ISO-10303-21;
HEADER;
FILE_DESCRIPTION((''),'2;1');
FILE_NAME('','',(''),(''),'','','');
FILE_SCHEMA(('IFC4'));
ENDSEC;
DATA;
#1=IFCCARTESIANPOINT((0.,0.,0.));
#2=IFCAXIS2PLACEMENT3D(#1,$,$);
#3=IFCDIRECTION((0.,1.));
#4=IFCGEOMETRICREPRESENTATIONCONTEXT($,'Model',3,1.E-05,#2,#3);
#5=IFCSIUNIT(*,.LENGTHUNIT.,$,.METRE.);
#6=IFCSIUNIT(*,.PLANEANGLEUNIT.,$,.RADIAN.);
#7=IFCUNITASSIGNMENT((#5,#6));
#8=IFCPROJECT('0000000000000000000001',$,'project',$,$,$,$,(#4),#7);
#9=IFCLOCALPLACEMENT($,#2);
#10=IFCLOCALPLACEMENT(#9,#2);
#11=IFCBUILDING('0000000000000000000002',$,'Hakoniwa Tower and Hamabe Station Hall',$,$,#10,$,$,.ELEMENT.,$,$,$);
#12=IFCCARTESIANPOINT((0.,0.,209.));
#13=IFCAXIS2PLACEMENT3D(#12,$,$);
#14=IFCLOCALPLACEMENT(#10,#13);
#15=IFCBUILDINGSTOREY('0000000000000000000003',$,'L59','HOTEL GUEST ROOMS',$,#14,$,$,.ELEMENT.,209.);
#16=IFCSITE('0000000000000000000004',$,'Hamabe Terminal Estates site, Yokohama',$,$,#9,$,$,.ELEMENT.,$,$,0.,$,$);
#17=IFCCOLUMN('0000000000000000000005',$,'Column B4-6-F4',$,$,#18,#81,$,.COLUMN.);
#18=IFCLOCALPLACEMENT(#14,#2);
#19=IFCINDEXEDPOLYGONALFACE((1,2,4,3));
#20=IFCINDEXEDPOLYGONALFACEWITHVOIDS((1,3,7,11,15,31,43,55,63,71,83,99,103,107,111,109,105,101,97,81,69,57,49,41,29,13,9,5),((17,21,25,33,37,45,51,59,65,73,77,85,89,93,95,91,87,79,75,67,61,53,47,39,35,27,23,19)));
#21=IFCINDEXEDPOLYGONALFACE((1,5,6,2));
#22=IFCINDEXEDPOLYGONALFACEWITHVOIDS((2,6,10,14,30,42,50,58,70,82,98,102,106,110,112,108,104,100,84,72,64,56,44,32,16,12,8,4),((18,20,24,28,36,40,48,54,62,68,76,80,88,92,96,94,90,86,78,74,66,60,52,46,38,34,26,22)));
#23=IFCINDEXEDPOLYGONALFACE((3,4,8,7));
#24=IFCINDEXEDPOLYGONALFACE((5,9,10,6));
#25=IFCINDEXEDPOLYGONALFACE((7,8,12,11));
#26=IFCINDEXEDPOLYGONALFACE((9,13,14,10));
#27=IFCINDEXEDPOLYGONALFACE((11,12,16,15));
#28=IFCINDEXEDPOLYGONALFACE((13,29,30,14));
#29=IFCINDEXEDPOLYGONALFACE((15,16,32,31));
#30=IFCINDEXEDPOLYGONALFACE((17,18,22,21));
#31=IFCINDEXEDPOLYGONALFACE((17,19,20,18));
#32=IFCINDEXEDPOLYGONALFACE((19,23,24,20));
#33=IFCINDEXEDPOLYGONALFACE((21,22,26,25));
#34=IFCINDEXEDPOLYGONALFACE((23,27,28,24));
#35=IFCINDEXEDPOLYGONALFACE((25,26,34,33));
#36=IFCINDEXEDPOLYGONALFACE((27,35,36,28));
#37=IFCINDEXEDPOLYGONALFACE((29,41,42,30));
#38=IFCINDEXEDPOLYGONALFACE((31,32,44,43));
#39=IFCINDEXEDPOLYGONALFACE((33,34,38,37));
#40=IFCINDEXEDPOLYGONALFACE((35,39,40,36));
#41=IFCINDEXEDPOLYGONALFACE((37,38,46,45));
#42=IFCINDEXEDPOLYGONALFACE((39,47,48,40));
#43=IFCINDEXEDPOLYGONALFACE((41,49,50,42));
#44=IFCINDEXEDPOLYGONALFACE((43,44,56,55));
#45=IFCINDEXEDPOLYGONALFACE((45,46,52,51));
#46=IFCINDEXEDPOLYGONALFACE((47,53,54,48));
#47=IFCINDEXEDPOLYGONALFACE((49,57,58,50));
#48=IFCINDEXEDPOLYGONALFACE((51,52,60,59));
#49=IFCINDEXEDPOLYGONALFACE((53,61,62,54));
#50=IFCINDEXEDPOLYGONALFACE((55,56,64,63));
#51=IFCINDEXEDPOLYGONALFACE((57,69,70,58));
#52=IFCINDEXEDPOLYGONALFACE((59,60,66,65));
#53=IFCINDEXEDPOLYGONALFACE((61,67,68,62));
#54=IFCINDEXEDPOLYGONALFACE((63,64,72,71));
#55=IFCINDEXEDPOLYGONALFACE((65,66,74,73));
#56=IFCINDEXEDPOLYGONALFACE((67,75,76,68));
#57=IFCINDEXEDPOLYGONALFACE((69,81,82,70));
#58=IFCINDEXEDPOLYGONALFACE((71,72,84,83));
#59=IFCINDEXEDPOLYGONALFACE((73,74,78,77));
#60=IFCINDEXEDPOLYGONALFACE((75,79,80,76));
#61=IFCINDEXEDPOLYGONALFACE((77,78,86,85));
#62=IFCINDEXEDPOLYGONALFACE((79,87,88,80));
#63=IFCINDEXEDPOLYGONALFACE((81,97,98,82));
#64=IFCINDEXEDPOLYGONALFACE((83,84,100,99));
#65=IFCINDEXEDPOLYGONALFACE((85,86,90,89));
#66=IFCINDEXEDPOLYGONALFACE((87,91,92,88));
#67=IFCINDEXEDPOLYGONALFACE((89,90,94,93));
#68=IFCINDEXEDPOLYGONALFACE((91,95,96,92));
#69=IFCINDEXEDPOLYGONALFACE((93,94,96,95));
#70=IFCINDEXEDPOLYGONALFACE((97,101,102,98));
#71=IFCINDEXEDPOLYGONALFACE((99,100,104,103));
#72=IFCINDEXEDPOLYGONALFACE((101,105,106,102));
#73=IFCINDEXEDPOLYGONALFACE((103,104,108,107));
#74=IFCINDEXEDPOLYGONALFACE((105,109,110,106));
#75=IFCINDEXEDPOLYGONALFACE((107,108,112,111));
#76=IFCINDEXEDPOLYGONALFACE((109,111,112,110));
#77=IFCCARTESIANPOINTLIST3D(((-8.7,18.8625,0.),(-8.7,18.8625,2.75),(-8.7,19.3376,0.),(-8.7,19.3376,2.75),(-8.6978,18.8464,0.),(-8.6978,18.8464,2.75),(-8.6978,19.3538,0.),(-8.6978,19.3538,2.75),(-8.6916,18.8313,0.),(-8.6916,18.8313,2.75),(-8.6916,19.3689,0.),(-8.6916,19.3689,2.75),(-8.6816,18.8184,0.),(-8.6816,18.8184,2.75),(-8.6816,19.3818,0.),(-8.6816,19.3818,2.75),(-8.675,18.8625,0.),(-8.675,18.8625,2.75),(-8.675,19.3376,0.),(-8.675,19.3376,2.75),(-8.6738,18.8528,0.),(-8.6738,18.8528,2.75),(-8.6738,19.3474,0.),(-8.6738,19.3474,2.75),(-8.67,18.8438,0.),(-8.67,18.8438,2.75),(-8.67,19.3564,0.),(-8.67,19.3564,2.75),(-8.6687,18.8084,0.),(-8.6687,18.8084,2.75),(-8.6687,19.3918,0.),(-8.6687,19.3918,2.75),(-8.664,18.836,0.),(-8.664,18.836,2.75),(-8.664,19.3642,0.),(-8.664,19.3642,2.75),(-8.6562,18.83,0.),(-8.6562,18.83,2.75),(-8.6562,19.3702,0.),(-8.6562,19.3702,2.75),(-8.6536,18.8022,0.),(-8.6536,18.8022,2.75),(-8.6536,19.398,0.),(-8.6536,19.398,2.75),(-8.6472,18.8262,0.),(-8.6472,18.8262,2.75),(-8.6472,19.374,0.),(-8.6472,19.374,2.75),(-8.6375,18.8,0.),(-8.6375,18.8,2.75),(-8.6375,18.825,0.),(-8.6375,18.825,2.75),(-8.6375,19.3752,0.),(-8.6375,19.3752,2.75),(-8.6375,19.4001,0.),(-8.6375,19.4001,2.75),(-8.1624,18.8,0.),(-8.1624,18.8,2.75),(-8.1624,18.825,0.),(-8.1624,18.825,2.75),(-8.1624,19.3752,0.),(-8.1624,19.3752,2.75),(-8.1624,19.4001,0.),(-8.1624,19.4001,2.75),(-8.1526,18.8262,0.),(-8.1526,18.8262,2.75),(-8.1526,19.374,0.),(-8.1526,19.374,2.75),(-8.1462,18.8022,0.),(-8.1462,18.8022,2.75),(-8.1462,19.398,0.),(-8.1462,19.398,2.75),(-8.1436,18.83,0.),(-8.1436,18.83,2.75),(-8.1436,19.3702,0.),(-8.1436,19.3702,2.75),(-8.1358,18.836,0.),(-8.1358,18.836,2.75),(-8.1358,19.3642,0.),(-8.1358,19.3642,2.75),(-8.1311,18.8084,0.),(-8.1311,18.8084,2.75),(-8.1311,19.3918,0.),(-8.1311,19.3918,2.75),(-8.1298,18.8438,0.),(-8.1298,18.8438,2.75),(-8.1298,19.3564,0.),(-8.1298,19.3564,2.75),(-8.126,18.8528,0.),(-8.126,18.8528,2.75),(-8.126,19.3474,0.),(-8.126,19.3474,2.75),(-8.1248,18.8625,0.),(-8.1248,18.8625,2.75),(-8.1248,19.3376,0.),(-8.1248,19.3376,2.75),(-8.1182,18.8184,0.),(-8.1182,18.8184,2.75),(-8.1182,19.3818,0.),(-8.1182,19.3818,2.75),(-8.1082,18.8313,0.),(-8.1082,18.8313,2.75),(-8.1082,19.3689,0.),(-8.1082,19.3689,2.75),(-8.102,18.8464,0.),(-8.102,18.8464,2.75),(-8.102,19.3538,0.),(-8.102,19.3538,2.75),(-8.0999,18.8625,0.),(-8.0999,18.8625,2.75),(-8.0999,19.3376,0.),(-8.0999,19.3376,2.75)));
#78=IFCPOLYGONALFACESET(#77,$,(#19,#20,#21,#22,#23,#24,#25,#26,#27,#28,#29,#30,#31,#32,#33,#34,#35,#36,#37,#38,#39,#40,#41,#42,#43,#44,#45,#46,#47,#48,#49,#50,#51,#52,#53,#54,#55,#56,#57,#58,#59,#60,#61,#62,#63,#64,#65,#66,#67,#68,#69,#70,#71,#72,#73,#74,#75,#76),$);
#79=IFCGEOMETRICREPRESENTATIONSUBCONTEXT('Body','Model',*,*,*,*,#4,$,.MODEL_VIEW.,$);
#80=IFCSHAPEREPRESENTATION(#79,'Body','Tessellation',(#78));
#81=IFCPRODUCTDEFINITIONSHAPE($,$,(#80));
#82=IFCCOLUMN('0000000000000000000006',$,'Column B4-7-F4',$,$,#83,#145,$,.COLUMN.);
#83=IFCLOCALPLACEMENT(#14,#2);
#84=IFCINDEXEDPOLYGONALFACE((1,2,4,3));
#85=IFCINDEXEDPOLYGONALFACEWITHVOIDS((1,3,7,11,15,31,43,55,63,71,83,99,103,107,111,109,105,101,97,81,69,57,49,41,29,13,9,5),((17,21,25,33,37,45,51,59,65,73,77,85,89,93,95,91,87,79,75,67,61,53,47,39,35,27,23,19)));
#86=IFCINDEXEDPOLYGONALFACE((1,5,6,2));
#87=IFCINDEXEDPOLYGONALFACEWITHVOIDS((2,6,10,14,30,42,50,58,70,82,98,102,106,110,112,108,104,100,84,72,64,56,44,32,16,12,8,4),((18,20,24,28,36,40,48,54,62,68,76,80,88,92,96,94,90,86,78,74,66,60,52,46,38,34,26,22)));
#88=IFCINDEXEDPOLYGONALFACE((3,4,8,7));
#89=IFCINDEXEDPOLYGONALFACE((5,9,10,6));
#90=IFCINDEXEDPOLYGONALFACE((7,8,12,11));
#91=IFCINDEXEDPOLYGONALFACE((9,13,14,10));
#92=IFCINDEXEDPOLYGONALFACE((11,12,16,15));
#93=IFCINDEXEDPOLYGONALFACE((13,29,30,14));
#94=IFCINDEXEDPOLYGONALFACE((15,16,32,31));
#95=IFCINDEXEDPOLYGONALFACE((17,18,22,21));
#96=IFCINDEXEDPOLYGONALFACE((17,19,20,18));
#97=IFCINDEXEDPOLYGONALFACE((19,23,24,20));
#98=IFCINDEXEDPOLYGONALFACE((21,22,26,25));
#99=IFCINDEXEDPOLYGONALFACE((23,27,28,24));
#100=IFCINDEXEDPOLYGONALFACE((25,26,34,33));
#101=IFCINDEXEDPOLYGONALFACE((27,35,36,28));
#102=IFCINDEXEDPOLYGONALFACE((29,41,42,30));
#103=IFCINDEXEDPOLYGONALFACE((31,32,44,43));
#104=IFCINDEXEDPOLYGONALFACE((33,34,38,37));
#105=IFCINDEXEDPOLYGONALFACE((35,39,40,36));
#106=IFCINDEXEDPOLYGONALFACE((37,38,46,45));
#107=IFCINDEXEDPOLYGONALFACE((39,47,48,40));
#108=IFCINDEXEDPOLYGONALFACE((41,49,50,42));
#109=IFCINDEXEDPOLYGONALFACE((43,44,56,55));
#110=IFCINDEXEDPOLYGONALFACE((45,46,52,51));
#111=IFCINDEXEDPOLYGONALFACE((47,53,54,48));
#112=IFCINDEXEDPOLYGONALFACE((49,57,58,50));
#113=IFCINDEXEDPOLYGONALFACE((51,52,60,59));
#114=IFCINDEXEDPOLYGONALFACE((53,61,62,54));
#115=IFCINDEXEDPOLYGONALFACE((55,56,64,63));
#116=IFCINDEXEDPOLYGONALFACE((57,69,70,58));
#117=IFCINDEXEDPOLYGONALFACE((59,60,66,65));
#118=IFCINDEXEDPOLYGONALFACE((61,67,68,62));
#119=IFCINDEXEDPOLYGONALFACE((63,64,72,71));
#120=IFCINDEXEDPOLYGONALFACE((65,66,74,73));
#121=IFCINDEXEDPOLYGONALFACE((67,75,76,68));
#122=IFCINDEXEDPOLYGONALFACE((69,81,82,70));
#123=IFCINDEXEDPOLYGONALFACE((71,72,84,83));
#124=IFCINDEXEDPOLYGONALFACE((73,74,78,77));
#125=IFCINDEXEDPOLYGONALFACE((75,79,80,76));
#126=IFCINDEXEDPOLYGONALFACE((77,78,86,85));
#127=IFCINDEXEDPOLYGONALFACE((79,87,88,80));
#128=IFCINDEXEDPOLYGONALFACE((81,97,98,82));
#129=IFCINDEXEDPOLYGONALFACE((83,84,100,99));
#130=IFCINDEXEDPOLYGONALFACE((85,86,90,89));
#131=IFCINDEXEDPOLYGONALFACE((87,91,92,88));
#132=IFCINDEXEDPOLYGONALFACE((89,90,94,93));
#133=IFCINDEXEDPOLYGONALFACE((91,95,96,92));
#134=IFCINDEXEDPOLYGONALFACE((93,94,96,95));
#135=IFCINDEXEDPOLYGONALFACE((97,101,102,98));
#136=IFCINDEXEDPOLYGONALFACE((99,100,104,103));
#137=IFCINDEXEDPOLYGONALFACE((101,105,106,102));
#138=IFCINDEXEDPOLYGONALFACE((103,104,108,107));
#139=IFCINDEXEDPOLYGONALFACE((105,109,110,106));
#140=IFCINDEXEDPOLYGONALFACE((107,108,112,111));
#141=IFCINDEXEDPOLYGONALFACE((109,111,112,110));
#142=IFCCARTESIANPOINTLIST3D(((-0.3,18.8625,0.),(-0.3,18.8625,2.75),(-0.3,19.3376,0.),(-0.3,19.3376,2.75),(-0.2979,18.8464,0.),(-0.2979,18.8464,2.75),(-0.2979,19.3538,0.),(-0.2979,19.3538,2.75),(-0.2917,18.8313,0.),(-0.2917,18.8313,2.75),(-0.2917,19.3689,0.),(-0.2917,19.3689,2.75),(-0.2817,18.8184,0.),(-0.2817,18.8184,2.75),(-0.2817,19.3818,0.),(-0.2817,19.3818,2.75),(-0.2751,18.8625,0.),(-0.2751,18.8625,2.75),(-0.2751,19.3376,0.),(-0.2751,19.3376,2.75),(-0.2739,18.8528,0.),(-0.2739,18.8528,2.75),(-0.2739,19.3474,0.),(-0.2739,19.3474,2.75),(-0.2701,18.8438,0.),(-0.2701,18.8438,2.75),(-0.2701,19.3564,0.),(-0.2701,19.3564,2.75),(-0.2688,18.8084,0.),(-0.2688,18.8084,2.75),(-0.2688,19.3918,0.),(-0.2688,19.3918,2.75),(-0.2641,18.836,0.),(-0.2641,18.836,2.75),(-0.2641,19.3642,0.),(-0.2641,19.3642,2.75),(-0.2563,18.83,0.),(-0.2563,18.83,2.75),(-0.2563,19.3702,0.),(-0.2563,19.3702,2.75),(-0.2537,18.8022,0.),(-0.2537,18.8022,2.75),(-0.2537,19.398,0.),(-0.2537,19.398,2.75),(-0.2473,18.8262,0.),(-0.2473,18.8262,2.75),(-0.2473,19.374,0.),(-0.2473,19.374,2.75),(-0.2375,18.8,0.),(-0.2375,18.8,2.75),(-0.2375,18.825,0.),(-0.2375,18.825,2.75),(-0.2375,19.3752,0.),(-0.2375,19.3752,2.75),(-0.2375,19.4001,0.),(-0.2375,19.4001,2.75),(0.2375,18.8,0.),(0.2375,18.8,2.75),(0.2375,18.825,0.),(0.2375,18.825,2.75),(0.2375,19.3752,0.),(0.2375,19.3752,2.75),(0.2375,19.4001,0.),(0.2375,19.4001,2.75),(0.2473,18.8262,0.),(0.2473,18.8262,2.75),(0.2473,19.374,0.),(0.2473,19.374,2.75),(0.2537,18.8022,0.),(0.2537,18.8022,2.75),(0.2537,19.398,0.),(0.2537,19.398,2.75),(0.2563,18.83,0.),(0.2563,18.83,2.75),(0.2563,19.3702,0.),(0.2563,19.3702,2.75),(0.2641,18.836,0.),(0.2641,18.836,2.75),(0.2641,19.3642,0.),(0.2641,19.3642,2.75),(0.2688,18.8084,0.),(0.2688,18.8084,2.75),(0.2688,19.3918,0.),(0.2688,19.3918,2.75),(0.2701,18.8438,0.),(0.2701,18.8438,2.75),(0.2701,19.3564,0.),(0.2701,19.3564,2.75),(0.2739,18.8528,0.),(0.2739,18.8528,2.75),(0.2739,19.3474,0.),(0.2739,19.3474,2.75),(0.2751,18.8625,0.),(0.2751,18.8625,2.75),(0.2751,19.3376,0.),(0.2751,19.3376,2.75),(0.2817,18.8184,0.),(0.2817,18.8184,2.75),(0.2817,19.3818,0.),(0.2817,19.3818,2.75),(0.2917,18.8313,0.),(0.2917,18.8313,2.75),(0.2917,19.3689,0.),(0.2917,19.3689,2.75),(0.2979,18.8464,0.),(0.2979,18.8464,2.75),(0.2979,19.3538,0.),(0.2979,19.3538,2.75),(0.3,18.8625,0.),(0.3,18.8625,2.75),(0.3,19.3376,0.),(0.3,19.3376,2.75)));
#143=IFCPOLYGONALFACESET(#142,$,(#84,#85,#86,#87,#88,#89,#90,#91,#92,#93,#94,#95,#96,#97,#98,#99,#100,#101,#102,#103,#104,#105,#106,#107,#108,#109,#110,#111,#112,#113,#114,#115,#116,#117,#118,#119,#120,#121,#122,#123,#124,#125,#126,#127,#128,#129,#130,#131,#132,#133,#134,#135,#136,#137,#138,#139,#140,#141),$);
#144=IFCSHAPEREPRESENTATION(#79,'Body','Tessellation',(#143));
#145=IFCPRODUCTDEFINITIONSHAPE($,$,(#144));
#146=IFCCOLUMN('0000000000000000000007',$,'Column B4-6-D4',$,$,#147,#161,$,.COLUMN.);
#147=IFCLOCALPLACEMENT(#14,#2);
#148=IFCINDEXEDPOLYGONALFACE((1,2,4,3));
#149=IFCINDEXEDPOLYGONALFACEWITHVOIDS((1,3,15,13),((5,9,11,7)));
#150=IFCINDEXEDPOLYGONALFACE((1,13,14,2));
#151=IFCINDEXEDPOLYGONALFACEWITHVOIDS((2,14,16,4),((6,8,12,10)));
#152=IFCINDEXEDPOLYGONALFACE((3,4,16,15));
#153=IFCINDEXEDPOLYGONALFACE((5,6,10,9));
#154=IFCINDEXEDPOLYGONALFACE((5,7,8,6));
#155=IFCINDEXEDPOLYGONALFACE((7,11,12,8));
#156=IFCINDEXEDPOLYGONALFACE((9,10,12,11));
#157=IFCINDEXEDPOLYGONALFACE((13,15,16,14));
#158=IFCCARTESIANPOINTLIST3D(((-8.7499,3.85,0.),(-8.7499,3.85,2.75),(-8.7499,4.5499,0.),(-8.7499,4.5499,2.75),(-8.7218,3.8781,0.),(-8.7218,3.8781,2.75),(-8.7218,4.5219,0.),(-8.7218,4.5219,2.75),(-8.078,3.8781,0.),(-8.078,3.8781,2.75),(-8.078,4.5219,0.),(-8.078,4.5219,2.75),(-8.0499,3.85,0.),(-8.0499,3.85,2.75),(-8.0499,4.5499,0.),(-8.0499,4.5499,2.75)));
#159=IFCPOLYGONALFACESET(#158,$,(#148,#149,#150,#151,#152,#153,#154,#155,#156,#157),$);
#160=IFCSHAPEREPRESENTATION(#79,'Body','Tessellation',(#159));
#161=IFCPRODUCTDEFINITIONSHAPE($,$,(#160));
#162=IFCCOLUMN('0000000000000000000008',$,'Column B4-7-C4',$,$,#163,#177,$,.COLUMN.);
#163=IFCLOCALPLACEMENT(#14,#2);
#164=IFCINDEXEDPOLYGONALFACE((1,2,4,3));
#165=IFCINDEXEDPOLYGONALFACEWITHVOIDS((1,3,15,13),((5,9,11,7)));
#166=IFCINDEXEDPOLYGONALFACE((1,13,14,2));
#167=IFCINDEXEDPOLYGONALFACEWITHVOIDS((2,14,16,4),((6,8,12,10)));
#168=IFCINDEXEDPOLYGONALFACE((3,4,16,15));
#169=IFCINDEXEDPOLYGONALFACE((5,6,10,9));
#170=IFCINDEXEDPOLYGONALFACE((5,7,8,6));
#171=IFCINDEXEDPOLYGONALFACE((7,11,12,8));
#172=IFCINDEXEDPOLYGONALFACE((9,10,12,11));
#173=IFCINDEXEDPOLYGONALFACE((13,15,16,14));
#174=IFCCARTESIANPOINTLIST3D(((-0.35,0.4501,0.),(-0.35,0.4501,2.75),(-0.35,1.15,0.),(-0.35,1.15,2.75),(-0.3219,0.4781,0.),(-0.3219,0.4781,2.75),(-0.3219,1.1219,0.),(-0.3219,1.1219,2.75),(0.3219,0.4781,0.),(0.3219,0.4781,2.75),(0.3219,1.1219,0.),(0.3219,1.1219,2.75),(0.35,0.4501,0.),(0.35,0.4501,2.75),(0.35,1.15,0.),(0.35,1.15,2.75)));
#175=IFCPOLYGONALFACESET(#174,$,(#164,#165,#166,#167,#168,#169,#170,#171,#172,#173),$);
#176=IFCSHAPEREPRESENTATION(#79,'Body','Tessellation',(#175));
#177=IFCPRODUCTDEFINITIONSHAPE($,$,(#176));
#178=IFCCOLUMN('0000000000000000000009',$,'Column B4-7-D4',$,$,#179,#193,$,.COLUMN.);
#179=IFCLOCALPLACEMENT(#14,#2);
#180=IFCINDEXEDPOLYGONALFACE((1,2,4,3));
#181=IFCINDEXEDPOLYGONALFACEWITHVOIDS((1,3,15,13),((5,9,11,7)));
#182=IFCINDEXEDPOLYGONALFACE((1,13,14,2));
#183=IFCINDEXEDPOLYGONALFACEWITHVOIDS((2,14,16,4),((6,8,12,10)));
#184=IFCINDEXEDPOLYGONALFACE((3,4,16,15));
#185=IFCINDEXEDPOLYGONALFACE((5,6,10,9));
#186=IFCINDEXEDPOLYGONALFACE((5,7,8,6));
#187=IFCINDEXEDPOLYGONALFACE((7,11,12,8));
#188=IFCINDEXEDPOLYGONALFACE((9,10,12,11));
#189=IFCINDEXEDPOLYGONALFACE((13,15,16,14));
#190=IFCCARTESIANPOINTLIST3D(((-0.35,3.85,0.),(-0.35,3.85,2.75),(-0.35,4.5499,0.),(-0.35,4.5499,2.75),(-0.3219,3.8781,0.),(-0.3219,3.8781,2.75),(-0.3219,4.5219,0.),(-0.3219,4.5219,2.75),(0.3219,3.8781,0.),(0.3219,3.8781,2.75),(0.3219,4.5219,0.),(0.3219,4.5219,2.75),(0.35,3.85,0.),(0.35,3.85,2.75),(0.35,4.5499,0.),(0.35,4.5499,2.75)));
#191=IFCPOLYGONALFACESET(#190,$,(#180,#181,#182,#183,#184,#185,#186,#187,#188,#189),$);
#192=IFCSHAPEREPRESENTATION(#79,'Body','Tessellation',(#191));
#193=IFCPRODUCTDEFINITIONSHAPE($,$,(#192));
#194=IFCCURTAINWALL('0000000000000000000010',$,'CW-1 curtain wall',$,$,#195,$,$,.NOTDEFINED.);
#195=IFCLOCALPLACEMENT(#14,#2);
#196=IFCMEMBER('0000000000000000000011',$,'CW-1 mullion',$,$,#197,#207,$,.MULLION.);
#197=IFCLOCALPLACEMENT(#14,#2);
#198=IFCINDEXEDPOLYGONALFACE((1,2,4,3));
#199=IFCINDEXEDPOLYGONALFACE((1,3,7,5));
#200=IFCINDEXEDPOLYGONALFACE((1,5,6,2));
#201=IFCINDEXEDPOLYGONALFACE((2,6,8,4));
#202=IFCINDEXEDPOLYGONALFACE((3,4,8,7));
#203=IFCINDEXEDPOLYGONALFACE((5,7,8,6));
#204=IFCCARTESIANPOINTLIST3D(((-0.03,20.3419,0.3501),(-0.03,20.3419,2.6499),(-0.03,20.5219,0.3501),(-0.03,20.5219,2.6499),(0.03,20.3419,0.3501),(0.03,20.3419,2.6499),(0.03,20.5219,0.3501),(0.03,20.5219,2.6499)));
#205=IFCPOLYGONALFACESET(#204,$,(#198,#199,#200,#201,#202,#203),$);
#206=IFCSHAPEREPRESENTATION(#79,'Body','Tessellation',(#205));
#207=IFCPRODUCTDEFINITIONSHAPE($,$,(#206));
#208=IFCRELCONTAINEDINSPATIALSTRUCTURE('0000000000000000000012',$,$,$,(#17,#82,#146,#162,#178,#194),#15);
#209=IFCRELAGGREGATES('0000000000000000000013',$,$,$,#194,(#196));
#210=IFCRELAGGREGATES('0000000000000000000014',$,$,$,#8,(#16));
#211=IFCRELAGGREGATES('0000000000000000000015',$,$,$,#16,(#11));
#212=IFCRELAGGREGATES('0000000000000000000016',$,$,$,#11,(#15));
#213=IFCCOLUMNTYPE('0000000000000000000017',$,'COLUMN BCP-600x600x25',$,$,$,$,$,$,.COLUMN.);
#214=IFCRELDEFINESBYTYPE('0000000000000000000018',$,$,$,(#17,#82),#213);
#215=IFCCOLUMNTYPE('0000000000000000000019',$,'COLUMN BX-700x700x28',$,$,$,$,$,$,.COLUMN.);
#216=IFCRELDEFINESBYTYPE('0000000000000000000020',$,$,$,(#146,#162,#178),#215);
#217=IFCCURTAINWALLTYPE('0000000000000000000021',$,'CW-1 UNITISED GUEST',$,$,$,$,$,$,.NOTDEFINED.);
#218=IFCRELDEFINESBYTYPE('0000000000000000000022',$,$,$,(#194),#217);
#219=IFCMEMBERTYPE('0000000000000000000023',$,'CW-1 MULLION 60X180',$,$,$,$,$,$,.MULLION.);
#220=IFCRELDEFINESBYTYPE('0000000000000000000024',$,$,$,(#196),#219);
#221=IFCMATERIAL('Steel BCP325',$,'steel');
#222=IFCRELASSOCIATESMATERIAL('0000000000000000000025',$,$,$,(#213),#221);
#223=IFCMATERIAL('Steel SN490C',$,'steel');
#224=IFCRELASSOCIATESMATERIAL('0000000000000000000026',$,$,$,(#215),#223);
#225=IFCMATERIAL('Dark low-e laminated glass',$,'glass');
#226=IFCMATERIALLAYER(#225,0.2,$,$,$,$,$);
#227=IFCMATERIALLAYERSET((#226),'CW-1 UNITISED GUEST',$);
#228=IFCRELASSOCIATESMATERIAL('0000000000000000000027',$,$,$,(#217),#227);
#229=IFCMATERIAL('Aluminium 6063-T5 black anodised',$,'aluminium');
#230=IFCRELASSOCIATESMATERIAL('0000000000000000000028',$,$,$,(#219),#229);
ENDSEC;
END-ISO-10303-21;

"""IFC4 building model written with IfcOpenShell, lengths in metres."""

from ifc_helpers import new_model, si_unit, direction, frame, origin, origin_2d, place, context, subcontext, project, spatial, rectangle, hollow_rectangle, extrude, material, layer, layer_set, material_profile, profile_set, type_object, element, aggregate, save


model = new_model("IFC4")

# Units and contexts
model_context = context("Model", 3, precision=1e-05, world=origin(), true_north=direction((0.0, 1.0)))
body_context = subcontext(model_context, "Body", "Model", "MODEL_VIEW")
ifc_project = project(units=[si_unit("LENGTHUNIT", "METRE"), si_unit("PLANEANGLEUNIT", "RADIAN")], contexts=[model_context])

# Site, building, storey
site_placement = place(None, origin())
site = spatial("IfcSite", under=ifc_project, at=site_placement, Name="Hamabe Terminal Estates site, Yokohama", CompositionType="ELEMENT", RefElevation=0.0)
building_placement = place(site_placement, origin())
building = spatial("IfcBuilding", under=site, at=building_placement, Name="Hakoniwa Tower and Hamabe Station Hall", CompositionType="ELEMENT")
storey_placement = place(building_placement, frame((0.0, 0.0, 209.0)))
storey = spatial("IfcBuildingStorey", under=building, at=storey_placement, Name="L59", Description="HOTEL GUEST ROOMS", CompositionType="ELEMENT", Elevation=209.0)

# Columns
ifc_material_1 = material(Name="Steel BCP325", Category="steel")
ifc_material_profile_1 = material_profile(ifc_material_1, hollow_rectangle(XDim=0.6001, YDim=0.6001, WallThickness=0.0249, InnerFilletRadius=0.0376, OuterFilletRadius=0.0625, at=origin_2d()), Name="BCP-600x600x25")
ifc_profile_set_1 = profile_set([ifc_material_profile_1], Name="Steel BCP325")
column_type_1 = type_object("IfcColumnType", Name="COLUMN BCP-600x600x25", PredefinedType="COLUMN", material=ifc_profile_set_1)
for number, where, z_axis, x_axis, name in (
    (1, (-8.3999, 19.1001, 0.0), (0.0, 0.0, 1.0), (1.0, 0.0, 0.0), "Column B4-6-F4"),
    (2, (0.0, 19.1001, 0.0), (0.0, 0.0, 1.0), (1.0, 0.0, 0.0), "Column B4-7-F4"),
):
    element("IfcColumn", number, at=place(storey_placement, frame(where, z_axis=z_axis, x_axis=x_axis)), inside=storey, type_object=column_type_1, Name=name, PredefinedType="COLUMN", context=body_context, shape_type="SweptSolid", body=[
        extrude(hollow_rectangle(XDim=0.6001, YDim=0.6001, WallThickness=0.0249, InnerFilletRadius=0.0376, OuterFilletRadius=0.0625, at=origin_2d()), origin(), (0.0, 0.0, 1.0), 2.75),
    ])
ifc_material_2 = material(Name="Steel SN490C", Category="steel")
ifc_material_profile_2 = material_profile(ifc_material_2, hollow_rectangle(XDim=0.7, YDim=0.7, WallThickness=0.0281, at=origin_2d()), Name="BX-700x700x28")
ifc_profile_set_2 = profile_set([ifc_material_profile_2], Name="Steel SN490C")
column_type_2 = type_object("IfcColumnType", Name="COLUMN BX-700x700x28", PredefinedType="COLUMN", material=ifc_profile_set_2)
for number, where, z_axis, x_axis, name in (
    (3, (-8.3999, 4.2, 0.0), (0.0, 0.0, 1.0), (1.0, 0.0, 0.0), "Column B4-6-D4"),
    (4, (0.0, 0.8, 0.0), (0.0, 0.0, 1.0), (1.0, 0.0, 0.0), "Column B4-7-C4"),
    (5, (0.0, 4.2, 0.0), (0.0, 0.0, 1.0), (1.0, 0.0, 0.0), "Column B4-7-D4"),
):
    element("IfcColumn", number, at=place(storey_placement, frame(where, z_axis=z_axis, x_axis=x_axis)), inside=storey, type_object=column_type_2, Name=name, PredefinedType="COLUMN", context=body_context, shape_type="SweptSolid", body=[
        extrude(hollow_rectangle(XDim=0.7, YDim=0.7, WallThickness=0.0281, at=origin_2d()), origin(), (0.0, 0.0, 1.0), 2.75),
    ])

# Curtain wall, member
ifc_material_3 = material(Name="Dark low-e laminated glass", Category="glass")
ifc_layer_1 = layer(ifc_material_3, 0.2)
ifc_layer_set_1 = layer_set([ifc_layer_1], Name="CW-1 UNITISED GUEST")
curtain_wall_type = type_object("IfcCurtainWallType", Name="CW-1 UNITISED GUEST", PredefinedType="NOTDEFINED", material=ifc_layer_set_1)
curtain_wall_placement = place(storey_placement, origin())
curtain_wall = element("IfcCurtainWall", 6, at=curtain_wall_placement, inside=storey, type_object=curtain_wall_type, Name="CW-1 curtain wall", PredefinedType="NOTDEFINED")
ifc_material_4 = material(Name="Aluminium 6063-T5 black anodised", Category="aluminium")
ifc_material_profile_3 = material_profile(ifc_material_4, rectangle(XDim=0.0601, YDim=0.1799, at=origin_2d()), Name="CW-1 MULLION 60X180")
ifc_profile_set_3 = profile_set([ifc_material_profile_3], Name="Aluminium 6063-T5 black anodised")
member_type = type_object("IfcMemberType", Name="CW-1 MULLION 60X180", PredefinedType="MULLION", material=ifc_profile_set_3)
member_placement = place(storey_placement, frame((0.0, 20.4319, 0.3501), z_axis=(0.0, 0.0, 1.0), x_axis=(-1.0, 0.0, 0.0)))
member = element("IfcMember", 7, at=member_placement, type_object=member_type, Name="CW-1 mullion", PredefinedType="MULLION", context=body_context, shape_type="SweptSolid", body=[
    extrude(rectangle(XDim=0.0601, YDim=0.1799, at=origin_2d()), origin(), (0.0, 0.0, 1.0), 2.2998),
])
aggregate(curtain_wall, [member])

save(model, "model.ifc")
